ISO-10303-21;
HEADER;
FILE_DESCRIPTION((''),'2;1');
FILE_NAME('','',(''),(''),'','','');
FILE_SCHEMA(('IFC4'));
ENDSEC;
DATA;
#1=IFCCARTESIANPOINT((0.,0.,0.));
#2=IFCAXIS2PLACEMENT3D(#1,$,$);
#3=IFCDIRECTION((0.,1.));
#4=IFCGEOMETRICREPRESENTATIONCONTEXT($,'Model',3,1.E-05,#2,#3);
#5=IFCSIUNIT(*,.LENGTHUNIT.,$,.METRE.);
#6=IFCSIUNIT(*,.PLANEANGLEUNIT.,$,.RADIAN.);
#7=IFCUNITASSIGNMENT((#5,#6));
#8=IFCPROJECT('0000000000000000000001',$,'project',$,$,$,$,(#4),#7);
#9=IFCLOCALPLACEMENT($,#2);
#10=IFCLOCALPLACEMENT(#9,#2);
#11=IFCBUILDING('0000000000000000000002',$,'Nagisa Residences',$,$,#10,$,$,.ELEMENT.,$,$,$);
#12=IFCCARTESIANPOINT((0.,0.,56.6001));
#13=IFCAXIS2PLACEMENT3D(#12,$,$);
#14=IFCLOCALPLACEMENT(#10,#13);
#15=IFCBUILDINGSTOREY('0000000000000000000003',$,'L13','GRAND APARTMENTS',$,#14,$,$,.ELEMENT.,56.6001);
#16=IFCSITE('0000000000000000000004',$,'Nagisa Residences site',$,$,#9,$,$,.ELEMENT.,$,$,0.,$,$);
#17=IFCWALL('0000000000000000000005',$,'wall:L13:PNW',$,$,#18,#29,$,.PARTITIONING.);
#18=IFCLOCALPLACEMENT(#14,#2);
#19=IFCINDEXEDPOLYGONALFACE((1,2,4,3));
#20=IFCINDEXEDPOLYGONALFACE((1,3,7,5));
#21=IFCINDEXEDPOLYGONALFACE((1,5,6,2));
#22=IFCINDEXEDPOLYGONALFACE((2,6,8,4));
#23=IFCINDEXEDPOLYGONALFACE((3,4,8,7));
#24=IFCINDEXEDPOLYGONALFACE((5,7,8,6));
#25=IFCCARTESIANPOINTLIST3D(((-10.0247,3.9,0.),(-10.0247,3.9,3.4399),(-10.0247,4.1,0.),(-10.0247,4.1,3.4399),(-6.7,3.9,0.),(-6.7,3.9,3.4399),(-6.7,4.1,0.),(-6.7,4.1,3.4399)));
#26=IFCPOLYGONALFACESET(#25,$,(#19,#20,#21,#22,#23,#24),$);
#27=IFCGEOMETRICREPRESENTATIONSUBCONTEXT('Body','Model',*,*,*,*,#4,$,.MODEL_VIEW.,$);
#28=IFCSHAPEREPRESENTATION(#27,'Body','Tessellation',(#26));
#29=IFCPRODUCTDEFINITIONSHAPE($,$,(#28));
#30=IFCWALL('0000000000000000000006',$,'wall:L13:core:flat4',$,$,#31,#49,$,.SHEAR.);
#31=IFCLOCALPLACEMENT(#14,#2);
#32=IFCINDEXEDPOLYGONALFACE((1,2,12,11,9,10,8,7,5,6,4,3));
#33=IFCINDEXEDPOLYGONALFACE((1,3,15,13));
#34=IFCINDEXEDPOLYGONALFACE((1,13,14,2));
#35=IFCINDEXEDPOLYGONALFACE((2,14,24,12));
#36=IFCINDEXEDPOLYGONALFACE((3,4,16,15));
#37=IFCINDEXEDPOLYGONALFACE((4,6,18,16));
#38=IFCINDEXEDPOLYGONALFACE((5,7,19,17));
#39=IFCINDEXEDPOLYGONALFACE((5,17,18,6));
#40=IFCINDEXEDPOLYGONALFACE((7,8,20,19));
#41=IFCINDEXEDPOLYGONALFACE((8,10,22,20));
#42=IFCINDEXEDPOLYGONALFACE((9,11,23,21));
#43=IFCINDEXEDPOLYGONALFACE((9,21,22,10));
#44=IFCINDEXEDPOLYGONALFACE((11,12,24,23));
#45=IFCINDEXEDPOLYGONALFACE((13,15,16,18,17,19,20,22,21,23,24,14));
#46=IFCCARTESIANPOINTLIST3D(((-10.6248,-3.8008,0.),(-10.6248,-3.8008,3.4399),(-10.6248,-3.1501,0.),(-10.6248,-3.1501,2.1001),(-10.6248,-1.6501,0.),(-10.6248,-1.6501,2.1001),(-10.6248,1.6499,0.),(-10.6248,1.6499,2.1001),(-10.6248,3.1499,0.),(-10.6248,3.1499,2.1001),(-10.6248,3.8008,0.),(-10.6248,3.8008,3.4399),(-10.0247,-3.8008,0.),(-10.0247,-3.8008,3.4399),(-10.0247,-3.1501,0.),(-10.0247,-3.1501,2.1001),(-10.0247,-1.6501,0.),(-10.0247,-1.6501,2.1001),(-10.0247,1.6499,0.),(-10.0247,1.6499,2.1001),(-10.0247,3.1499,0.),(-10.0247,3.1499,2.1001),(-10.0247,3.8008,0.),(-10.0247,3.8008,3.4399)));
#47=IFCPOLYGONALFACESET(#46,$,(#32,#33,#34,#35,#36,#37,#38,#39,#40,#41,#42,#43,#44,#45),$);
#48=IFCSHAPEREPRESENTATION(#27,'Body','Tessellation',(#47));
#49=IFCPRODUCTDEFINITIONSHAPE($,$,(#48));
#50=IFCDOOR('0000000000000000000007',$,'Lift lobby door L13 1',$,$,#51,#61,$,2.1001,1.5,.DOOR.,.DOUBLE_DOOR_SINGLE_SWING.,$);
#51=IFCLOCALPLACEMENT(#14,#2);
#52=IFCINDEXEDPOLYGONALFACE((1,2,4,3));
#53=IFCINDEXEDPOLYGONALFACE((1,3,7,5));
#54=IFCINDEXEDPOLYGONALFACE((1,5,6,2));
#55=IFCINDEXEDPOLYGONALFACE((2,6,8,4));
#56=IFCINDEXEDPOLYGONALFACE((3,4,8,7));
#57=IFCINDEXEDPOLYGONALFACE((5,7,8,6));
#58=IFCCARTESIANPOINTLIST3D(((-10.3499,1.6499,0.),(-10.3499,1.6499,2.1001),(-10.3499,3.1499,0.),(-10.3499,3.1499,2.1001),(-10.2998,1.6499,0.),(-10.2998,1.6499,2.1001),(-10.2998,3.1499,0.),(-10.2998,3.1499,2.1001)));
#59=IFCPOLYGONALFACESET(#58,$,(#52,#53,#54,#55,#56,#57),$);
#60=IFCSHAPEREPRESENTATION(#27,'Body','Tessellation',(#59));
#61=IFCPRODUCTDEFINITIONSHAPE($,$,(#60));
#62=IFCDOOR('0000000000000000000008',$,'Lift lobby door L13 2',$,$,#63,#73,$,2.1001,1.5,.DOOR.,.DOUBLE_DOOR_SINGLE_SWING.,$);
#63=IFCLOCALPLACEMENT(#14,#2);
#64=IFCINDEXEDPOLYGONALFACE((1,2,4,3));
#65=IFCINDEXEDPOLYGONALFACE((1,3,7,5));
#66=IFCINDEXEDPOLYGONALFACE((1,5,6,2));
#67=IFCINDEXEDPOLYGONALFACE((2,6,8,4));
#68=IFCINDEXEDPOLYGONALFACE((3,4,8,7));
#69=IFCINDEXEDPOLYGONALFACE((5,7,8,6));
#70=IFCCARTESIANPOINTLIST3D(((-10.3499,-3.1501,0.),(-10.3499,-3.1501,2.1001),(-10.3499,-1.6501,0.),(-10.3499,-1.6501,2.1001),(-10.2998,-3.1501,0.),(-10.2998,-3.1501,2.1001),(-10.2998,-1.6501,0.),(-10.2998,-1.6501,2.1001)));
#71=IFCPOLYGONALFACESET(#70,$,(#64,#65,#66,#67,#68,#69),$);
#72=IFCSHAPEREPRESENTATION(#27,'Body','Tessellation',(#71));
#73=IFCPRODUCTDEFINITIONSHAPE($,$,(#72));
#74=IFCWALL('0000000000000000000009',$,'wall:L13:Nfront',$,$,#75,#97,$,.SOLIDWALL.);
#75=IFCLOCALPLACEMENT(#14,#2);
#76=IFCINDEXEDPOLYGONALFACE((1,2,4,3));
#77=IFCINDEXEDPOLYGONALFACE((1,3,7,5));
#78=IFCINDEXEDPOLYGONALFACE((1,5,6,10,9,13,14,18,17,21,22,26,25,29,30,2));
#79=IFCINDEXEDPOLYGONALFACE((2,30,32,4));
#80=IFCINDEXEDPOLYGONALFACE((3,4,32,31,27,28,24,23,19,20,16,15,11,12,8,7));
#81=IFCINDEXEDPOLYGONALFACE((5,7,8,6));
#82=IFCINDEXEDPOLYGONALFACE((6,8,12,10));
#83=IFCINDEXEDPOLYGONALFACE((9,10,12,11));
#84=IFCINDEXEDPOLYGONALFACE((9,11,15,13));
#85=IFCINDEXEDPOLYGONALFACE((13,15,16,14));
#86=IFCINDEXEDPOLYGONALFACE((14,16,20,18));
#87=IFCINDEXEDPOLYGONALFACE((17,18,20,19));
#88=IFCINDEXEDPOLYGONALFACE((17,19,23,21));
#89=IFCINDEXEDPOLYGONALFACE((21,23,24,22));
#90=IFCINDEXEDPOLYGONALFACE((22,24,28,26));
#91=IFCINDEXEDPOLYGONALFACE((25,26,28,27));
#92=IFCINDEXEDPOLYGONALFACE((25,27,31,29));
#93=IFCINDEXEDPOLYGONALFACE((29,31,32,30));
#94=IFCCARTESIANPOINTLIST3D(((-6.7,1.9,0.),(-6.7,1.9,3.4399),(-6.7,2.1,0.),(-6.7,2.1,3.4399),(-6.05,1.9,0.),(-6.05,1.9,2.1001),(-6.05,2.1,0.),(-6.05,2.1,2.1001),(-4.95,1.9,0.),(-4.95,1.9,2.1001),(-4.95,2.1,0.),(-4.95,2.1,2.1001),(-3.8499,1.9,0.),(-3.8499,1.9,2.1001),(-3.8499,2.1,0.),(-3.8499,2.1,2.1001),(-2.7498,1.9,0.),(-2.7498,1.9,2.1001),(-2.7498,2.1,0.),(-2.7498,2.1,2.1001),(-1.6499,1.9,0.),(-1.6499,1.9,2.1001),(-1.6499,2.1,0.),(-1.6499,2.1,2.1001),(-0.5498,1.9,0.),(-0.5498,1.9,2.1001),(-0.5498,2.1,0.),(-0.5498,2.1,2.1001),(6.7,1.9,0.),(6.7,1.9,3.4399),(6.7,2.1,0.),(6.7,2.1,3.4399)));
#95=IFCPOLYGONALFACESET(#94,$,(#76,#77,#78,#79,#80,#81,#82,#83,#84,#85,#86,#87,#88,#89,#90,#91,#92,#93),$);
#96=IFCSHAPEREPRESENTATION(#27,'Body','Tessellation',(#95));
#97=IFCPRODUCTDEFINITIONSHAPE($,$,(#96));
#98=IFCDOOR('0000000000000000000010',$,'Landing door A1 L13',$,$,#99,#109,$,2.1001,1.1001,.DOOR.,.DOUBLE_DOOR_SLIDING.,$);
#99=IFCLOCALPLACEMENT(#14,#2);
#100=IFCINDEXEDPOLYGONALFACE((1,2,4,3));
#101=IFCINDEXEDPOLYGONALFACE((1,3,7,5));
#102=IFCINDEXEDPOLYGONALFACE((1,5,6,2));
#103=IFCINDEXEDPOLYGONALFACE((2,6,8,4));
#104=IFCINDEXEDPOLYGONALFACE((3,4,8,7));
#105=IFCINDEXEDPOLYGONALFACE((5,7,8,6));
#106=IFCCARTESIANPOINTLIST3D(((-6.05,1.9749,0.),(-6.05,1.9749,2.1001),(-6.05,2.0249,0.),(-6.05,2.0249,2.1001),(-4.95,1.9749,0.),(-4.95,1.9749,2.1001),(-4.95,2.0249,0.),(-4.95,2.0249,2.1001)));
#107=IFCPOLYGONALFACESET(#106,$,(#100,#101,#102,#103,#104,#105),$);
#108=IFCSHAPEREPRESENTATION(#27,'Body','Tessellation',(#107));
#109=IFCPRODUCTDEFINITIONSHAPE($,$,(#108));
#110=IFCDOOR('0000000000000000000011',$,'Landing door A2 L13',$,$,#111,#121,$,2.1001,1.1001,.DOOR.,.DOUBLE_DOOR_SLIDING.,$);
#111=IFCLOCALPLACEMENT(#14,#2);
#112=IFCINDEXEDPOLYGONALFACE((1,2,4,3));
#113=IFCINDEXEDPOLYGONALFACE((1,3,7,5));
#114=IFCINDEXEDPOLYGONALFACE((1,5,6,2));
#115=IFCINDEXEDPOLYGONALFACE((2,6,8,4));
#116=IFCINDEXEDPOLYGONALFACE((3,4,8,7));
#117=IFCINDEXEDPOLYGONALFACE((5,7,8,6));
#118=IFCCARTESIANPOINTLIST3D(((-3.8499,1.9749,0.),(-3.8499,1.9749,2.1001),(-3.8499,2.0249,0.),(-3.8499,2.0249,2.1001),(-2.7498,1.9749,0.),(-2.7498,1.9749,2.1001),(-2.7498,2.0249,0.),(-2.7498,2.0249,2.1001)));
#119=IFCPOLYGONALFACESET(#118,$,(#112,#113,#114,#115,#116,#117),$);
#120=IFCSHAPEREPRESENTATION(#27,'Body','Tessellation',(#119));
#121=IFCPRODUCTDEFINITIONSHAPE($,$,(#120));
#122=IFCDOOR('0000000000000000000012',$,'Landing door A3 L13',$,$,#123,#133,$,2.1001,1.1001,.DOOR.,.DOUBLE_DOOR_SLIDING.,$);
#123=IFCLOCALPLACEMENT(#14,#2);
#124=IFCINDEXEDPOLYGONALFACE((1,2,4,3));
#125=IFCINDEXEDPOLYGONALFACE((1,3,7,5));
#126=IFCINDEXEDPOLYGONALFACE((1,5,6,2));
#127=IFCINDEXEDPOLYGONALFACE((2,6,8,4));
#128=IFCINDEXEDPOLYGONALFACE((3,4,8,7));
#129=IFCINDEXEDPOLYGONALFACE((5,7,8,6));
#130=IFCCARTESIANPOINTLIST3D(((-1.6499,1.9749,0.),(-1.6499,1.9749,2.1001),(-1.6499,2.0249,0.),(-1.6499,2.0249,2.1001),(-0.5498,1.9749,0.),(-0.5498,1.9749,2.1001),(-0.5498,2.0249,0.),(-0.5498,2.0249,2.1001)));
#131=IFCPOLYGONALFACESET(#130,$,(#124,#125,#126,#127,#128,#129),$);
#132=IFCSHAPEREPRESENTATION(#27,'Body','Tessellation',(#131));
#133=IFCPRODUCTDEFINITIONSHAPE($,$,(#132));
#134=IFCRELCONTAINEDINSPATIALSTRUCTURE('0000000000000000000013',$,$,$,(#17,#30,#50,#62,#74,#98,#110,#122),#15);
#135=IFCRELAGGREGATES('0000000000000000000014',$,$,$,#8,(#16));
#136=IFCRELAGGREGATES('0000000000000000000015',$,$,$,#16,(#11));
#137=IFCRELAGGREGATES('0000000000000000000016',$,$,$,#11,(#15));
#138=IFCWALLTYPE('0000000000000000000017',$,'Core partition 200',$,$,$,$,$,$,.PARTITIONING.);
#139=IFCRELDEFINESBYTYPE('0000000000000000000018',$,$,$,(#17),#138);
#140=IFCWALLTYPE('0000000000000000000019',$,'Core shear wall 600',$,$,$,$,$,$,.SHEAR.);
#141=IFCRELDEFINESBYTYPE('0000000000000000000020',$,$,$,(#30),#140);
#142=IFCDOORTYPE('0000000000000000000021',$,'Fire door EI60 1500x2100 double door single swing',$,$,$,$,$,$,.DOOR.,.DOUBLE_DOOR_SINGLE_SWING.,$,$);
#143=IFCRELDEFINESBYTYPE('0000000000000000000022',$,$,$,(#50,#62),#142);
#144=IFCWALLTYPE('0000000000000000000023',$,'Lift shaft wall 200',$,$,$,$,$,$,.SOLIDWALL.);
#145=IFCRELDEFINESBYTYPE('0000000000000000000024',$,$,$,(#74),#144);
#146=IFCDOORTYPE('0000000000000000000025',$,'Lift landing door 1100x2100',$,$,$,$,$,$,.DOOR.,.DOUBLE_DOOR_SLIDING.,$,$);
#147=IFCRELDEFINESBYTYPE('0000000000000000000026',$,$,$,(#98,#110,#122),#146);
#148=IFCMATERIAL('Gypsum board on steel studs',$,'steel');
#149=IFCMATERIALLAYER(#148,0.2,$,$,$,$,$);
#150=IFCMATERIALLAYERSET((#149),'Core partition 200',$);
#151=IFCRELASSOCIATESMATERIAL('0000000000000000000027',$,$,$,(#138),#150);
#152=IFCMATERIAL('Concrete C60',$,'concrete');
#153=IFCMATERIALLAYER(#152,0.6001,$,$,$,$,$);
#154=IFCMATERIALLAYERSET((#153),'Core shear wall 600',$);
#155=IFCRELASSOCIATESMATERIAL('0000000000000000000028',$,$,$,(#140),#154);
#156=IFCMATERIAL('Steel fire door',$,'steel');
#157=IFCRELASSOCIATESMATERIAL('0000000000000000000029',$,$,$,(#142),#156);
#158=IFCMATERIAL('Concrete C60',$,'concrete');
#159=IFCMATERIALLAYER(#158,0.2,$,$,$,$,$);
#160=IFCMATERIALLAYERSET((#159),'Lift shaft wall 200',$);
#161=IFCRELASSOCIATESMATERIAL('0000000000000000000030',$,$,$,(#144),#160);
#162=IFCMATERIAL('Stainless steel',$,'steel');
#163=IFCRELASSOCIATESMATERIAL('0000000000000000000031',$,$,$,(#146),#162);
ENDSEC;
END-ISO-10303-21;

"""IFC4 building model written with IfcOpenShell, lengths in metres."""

from ifc_helpers import new_model, si_unit, direction, frame, frame_2d, origin, place, context, subcontext, project, spatial, rectangle, extrude, material, layer, layer_set, type_object, element, fill, save


model = new_model("IFC4")

# Units and contexts
model_context = context("Model", 3, precision=1e-05, world=origin(), true_north=direction((0.0, 1.0)))
body_context = subcontext(model_context, "Body", "Model", "MODEL_VIEW")
ifc_project = project(units=[si_unit("LENGTHUNIT", "METRE"), si_unit("PLANEANGLEUNIT", "RADIAN")], contexts=[model_context])

# Site, building, storey
site_placement = place(None, origin())
site = spatial("IfcSite", under=ifc_project, at=site_placement, Name="Nagisa Residences site", CompositionType="ELEMENT", RefElevation=0.0)
building_placement = place(site_placement, origin())
building = spatial("IfcBuilding", under=site, at=building_placement, Name="Nagisa Residences", CompositionType="ELEMENT")
storey_placement = place(building_placement, frame((0.0, 0.0, 56.6001)))
storey = spatial("IfcBuildingStorey", under=building, at=storey_placement, Name="L13", Description="GRAND APARTMENTS", CompositionType="ELEMENT", Elevation=56.6001)

# Wall
ifc_material_1 = material(Name="Gypsum board on steel studs", Category="steel")
ifc_layer_1 = layer(ifc_material_1, 0.2)
ifc_layer_set_1 = layer_set([ifc_layer_1], Name="Core partition 200")
wall_type_1 = type_object("IfcWallType", Name="Core partition 200", PredefinedType="PARTITIONING", material=ifc_layer_set_1)
wall_1_placement = place(storey_placement, frame((-10.0247, 4.0, 0.0), z_axis=(0.0, 0.0, 1.0), x_axis=(1.0, 0.0, 0.0)))
element("IfcWall", 1, at=wall_1_placement, inside=storey, type_object=wall_type_1, Name="wall:L13:PNW", PredefinedType="PARTITIONING", context=body_context, shape_type="SweptSolid", body=[
    extrude(rectangle(XDim=3.3247, YDim=0.2, at=frame_2d((1.6624, 0.0))), origin(), (0.0, 0.0, 1.0), 3.4399),
])

# Walls, openings, doors
ifc_material_2 = material(Name="Concrete C60", Category="concrete")
ifc_layer_2 = layer(ifc_material_2, 0.6001)
ifc_layer_set_2 = layer_set([ifc_layer_2], Name="Core shear wall 600")
wall_type_2 = type_object("IfcWallType", Name="Core shear wall 600", PredefinedType="SHEAR", material=ifc_layer_set_2)
wall_2_placement = place(storey_placement, frame((-10.3247, 3.8008, 0.0), z_axis=(0.0, 0.0, 1.0), x_axis=(0.0, -1.0, 0.0)))
wall_2 = element("IfcWall", 2, at=wall_2_placement, inside=storey, type_object=wall_type_2, Name="wall:L13:core:flat4", PredefinedType="SHEAR", context=body_context, shape_type="SweptSolid", body=[
    extrude(rectangle(XDim=7.6016, YDim=0.6001, at=frame_2d((3.8008, 0.0))), origin(), (0.0, 0.0, 1.0), 3.4399),
])
opening_1_placement = place(wall_2_placement, frame((0.6509, 0.0, 0.0)))
opening_1 = element("IfcOpeningElement", 3, at=opening_1_placement, cuts=wall_2, PredefinedType="OPENING", context=body_context, shape_type="SweptSolid", body=[
    extrude(rectangle(XDim=1.5, YDim=2.1001, at=frame_2d((0.75, 1.05))), frame((0.0, 0.3101, 0.0), z_axis=(0.0, -1.0, 0.0), x_axis=(1.0, 0.0, 0.0)), (0.0, 0.0, 1.0), 0.6201),
])
opening_2_placement = place(wall_2_placement, frame((5.4509, 0.0, 0.0)))
opening_2 = element("IfcOpeningElement", 4, at=opening_2_placement, cuts=wall_2, PredefinedType="OPENING", context=body_context, shape_type="SweptSolid", body=[
    extrude(rectangle(XDim=1.5, YDim=2.1001, at=frame_2d((0.75, 1.05))), frame((0.0, 0.3101, 0.0), z_axis=(0.0, -1.0, 0.0), x_axis=(1.0, 0.0, 0.0)), (0.0, 0.0, 1.0), 0.6201),
])
ifc_material_3 = material(Name="Steel fire door", Category="steel")
door_type_1 = type_object("IfcDoorType", Name="Fire door EI60 1500x2100 double door single swing", OperationType="DOUBLE_DOOR_SINGLE_SWING", PredefinedType="DOOR", material=ifc_material_3)
door_1_placement = place(opening_1_placement, origin())
door_1 = element("IfcDoor", 5, at=door_1_placement, inside=storey, type_object=door_type_1, Name="Lift lobby door L13 1", OperationType="DOUBLE_DOOR_SINGLE_SWING", OverallHeight=2.1001, OverallWidth=1.5, PredefinedType="DOOR", context=body_context, shape_type="SweptSolid", body=[
    extrude(rectangle(XDim=1.5, YDim=2.1001, at=frame_2d((0.75, 1.05))), frame((0.0, 0.0249, 0.0), z_axis=(0.0, -1.0, 0.0), x_axis=(1.0, 0.0, 0.0)), (0.0, 0.0, 1.0), 0.05),
])
fill(opening_1, door_1)
door_2_placement = place(opening_2_placement, origin())
door_2 = element("IfcDoor", 6, at=door_2_placement, inside=storey, type_object=door_type_1, Name="Lift lobby door L13 2", OperationType="DOUBLE_DOOR_SINGLE_SWING", OverallHeight=2.1001, OverallWidth=1.5, PredefinedType="DOOR", context=body_context, shape_type="SweptSolid", body=[
    extrude(rectangle(XDim=1.5, YDim=2.1001, at=frame_2d((0.75, 1.05))), frame((0.0, 0.0249, 0.0), z_axis=(0.0, -1.0, 0.0), x_axis=(1.0, 0.0, 0.0)), (0.0, 0.0, 1.0), 0.05),
])
fill(opening_2, door_2)
ifc_material_4 = material(Name="Concrete C60", Category="concrete")
ifc_layer_3 = layer(ifc_material_4, 0.2)
ifc_layer_set_3 = layer_set([ifc_layer_3], Name="Lift shaft wall 200")
wall_type_3 = type_object("IfcWallType", Name="Lift shaft wall 200", PredefinedType="SOLIDWALL", material=ifc_layer_set_3)
wall_3_placement = place(storey_placement, frame((-6.7, 2.0, 0.0), z_axis=(0.0, 0.0, 1.0), x_axis=(1.0, 0.0, 0.0)))
wall_3 = element("IfcWall", 7, at=wall_3_placement, inside=storey, type_object=wall_type_3, Name="wall:L13:Nfront", PredefinedType="SOLIDWALL", context=body_context, shape_type="SweptSolid", body=[
    extrude(rectangle(XDim=13.3999, YDim=0.2, at=frame_2d((6.7, 0.0))), origin(), (0.0, 0.0, 1.0), 3.4399),
])
opening_3_placement = place(wall_3_placement, frame((0.6499, 0.0, 0.0)))
opening_3 = element("IfcOpeningElement", 8, at=opening_3_placement, cuts=wall_3, PredefinedType="OPENING", context=body_context, shape_type="SweptSolid", body=[
    extrude(rectangle(XDim=1.1001, YDim=2.1001, at=frame_2d((0.55, 1.05))), frame((0.0, 0.1099, 0.0), z_axis=(0.0, -1.0, 0.0), x_axis=(1.0, 0.0, 0.0)), (0.0, 0.0, 1.0), 0.22),
])
opening_4_placement = place(wall_3_placement, frame((2.8501, 0.0, 0.0)))
opening_4 = element("IfcOpeningElement", 9, at=opening_4_placement, cuts=wall_3, PredefinedType="OPENING", context=body_context, shape_type="SweptSolid", body=[
    extrude(rectangle(XDim=1.1001, YDim=2.1001, at=frame_2d((0.55, 1.05))), frame((0.0, 0.1099, 0.0), z_axis=(0.0, -1.0, 0.0), x_axis=(1.0, 0.0, 0.0)), (0.0, 0.0, 1.0), 0.22),
])
opening_5_placement = place(wall_3_placement, frame((5.05, 0.0, 0.0)))
opening_5 = element("IfcOpeningElement", 10, at=opening_5_placement, cuts=wall_3, PredefinedType="OPENING", context=body_context, shape_type="SweptSolid", body=[
    extrude(rectangle(XDim=1.1001, YDim=2.1001, at=frame_2d((0.55, 1.05))), frame((0.0, 0.1099, 0.0), z_axis=(0.0, -1.0, 0.0), x_axis=(1.0, 0.0, 0.0)), (0.0, 0.0, 1.0), 0.22),
])
ifc_material_5 = material(Name="Stainless steel", Category="steel")
door_type_2 = type_object("IfcDoorType", Name="Lift landing door 1100x2100", OperationType="DOUBLE_DOOR_SLIDING", PredefinedType="DOOR", material=ifc_material_5)
door_3_placement = place(opening_3_placement, origin())
door_3 = element("IfcDoor", 11, at=door_3_placement, inside=storey, type_object=door_type_2, Name="Landing door A1 L13", OperationType="DOUBLE_DOOR_SLIDING", OverallHeight=2.1001, OverallWidth=1.1001, PredefinedType="DOOR", context=body_context, shape_type="SweptSolid", body=[
    extrude(rectangle(XDim=1.1001, YDim=2.1001, at=frame_2d((0.55, 1.05))), frame((0.0, 0.0249, 0.0), z_axis=(0.0, -1.0, 0.0), x_axis=(1.0, 0.0, 0.0)), (0.0, 0.0, 1.0), 0.05),
])
fill(opening_3, door_3)
door_4_placement = place(opening_4_placement, origin())
door_4 = element("IfcDoor", 12, at=door_4_placement, inside=storey, type_object=door_type_2, Name="Landing door A2 L13", OperationType="DOUBLE_DOOR_SLIDING", OverallHeight=2.1001, OverallWidth=1.1001, PredefinedType="DOOR", context=body_context, shape_type="SweptSolid", body=[
    extrude(rectangle(XDim=1.1001, YDim=2.1001, at=frame_2d((0.55, 1.05))), frame((0.0, 0.0249, 0.0), z_axis=(0.0, -1.0, 0.0), x_axis=(1.0, 0.0, 0.0)), (0.0, 0.0, 1.0), 0.05),
])
fill(opening_4, door_4)
door_5_placement = place(opening_5_placement, origin())
door_5 = element("IfcDoor", 13, at=door_5_placement, inside=storey, type_object=door_type_2, Name="Landing door A3 L13", OperationType="DOUBLE_DOOR_SLIDING", OverallHeight=2.1001, OverallWidth=1.1001, PredefinedType="DOOR", context=body_context, shape_type="SweptSolid", body=[
    extrude(rectangle(XDim=1.1001, YDim=2.1001, at=frame_2d((0.55, 1.05))), frame((0.0, 0.0249, 0.0), z_axis=(0.0, -1.0, 0.0), x_axis=(1.0, 0.0, 0.0)), (0.0, 0.0, 1.0), 0.05),
])
fill(opening_5, door_5)

save(model, "model.ifc")
